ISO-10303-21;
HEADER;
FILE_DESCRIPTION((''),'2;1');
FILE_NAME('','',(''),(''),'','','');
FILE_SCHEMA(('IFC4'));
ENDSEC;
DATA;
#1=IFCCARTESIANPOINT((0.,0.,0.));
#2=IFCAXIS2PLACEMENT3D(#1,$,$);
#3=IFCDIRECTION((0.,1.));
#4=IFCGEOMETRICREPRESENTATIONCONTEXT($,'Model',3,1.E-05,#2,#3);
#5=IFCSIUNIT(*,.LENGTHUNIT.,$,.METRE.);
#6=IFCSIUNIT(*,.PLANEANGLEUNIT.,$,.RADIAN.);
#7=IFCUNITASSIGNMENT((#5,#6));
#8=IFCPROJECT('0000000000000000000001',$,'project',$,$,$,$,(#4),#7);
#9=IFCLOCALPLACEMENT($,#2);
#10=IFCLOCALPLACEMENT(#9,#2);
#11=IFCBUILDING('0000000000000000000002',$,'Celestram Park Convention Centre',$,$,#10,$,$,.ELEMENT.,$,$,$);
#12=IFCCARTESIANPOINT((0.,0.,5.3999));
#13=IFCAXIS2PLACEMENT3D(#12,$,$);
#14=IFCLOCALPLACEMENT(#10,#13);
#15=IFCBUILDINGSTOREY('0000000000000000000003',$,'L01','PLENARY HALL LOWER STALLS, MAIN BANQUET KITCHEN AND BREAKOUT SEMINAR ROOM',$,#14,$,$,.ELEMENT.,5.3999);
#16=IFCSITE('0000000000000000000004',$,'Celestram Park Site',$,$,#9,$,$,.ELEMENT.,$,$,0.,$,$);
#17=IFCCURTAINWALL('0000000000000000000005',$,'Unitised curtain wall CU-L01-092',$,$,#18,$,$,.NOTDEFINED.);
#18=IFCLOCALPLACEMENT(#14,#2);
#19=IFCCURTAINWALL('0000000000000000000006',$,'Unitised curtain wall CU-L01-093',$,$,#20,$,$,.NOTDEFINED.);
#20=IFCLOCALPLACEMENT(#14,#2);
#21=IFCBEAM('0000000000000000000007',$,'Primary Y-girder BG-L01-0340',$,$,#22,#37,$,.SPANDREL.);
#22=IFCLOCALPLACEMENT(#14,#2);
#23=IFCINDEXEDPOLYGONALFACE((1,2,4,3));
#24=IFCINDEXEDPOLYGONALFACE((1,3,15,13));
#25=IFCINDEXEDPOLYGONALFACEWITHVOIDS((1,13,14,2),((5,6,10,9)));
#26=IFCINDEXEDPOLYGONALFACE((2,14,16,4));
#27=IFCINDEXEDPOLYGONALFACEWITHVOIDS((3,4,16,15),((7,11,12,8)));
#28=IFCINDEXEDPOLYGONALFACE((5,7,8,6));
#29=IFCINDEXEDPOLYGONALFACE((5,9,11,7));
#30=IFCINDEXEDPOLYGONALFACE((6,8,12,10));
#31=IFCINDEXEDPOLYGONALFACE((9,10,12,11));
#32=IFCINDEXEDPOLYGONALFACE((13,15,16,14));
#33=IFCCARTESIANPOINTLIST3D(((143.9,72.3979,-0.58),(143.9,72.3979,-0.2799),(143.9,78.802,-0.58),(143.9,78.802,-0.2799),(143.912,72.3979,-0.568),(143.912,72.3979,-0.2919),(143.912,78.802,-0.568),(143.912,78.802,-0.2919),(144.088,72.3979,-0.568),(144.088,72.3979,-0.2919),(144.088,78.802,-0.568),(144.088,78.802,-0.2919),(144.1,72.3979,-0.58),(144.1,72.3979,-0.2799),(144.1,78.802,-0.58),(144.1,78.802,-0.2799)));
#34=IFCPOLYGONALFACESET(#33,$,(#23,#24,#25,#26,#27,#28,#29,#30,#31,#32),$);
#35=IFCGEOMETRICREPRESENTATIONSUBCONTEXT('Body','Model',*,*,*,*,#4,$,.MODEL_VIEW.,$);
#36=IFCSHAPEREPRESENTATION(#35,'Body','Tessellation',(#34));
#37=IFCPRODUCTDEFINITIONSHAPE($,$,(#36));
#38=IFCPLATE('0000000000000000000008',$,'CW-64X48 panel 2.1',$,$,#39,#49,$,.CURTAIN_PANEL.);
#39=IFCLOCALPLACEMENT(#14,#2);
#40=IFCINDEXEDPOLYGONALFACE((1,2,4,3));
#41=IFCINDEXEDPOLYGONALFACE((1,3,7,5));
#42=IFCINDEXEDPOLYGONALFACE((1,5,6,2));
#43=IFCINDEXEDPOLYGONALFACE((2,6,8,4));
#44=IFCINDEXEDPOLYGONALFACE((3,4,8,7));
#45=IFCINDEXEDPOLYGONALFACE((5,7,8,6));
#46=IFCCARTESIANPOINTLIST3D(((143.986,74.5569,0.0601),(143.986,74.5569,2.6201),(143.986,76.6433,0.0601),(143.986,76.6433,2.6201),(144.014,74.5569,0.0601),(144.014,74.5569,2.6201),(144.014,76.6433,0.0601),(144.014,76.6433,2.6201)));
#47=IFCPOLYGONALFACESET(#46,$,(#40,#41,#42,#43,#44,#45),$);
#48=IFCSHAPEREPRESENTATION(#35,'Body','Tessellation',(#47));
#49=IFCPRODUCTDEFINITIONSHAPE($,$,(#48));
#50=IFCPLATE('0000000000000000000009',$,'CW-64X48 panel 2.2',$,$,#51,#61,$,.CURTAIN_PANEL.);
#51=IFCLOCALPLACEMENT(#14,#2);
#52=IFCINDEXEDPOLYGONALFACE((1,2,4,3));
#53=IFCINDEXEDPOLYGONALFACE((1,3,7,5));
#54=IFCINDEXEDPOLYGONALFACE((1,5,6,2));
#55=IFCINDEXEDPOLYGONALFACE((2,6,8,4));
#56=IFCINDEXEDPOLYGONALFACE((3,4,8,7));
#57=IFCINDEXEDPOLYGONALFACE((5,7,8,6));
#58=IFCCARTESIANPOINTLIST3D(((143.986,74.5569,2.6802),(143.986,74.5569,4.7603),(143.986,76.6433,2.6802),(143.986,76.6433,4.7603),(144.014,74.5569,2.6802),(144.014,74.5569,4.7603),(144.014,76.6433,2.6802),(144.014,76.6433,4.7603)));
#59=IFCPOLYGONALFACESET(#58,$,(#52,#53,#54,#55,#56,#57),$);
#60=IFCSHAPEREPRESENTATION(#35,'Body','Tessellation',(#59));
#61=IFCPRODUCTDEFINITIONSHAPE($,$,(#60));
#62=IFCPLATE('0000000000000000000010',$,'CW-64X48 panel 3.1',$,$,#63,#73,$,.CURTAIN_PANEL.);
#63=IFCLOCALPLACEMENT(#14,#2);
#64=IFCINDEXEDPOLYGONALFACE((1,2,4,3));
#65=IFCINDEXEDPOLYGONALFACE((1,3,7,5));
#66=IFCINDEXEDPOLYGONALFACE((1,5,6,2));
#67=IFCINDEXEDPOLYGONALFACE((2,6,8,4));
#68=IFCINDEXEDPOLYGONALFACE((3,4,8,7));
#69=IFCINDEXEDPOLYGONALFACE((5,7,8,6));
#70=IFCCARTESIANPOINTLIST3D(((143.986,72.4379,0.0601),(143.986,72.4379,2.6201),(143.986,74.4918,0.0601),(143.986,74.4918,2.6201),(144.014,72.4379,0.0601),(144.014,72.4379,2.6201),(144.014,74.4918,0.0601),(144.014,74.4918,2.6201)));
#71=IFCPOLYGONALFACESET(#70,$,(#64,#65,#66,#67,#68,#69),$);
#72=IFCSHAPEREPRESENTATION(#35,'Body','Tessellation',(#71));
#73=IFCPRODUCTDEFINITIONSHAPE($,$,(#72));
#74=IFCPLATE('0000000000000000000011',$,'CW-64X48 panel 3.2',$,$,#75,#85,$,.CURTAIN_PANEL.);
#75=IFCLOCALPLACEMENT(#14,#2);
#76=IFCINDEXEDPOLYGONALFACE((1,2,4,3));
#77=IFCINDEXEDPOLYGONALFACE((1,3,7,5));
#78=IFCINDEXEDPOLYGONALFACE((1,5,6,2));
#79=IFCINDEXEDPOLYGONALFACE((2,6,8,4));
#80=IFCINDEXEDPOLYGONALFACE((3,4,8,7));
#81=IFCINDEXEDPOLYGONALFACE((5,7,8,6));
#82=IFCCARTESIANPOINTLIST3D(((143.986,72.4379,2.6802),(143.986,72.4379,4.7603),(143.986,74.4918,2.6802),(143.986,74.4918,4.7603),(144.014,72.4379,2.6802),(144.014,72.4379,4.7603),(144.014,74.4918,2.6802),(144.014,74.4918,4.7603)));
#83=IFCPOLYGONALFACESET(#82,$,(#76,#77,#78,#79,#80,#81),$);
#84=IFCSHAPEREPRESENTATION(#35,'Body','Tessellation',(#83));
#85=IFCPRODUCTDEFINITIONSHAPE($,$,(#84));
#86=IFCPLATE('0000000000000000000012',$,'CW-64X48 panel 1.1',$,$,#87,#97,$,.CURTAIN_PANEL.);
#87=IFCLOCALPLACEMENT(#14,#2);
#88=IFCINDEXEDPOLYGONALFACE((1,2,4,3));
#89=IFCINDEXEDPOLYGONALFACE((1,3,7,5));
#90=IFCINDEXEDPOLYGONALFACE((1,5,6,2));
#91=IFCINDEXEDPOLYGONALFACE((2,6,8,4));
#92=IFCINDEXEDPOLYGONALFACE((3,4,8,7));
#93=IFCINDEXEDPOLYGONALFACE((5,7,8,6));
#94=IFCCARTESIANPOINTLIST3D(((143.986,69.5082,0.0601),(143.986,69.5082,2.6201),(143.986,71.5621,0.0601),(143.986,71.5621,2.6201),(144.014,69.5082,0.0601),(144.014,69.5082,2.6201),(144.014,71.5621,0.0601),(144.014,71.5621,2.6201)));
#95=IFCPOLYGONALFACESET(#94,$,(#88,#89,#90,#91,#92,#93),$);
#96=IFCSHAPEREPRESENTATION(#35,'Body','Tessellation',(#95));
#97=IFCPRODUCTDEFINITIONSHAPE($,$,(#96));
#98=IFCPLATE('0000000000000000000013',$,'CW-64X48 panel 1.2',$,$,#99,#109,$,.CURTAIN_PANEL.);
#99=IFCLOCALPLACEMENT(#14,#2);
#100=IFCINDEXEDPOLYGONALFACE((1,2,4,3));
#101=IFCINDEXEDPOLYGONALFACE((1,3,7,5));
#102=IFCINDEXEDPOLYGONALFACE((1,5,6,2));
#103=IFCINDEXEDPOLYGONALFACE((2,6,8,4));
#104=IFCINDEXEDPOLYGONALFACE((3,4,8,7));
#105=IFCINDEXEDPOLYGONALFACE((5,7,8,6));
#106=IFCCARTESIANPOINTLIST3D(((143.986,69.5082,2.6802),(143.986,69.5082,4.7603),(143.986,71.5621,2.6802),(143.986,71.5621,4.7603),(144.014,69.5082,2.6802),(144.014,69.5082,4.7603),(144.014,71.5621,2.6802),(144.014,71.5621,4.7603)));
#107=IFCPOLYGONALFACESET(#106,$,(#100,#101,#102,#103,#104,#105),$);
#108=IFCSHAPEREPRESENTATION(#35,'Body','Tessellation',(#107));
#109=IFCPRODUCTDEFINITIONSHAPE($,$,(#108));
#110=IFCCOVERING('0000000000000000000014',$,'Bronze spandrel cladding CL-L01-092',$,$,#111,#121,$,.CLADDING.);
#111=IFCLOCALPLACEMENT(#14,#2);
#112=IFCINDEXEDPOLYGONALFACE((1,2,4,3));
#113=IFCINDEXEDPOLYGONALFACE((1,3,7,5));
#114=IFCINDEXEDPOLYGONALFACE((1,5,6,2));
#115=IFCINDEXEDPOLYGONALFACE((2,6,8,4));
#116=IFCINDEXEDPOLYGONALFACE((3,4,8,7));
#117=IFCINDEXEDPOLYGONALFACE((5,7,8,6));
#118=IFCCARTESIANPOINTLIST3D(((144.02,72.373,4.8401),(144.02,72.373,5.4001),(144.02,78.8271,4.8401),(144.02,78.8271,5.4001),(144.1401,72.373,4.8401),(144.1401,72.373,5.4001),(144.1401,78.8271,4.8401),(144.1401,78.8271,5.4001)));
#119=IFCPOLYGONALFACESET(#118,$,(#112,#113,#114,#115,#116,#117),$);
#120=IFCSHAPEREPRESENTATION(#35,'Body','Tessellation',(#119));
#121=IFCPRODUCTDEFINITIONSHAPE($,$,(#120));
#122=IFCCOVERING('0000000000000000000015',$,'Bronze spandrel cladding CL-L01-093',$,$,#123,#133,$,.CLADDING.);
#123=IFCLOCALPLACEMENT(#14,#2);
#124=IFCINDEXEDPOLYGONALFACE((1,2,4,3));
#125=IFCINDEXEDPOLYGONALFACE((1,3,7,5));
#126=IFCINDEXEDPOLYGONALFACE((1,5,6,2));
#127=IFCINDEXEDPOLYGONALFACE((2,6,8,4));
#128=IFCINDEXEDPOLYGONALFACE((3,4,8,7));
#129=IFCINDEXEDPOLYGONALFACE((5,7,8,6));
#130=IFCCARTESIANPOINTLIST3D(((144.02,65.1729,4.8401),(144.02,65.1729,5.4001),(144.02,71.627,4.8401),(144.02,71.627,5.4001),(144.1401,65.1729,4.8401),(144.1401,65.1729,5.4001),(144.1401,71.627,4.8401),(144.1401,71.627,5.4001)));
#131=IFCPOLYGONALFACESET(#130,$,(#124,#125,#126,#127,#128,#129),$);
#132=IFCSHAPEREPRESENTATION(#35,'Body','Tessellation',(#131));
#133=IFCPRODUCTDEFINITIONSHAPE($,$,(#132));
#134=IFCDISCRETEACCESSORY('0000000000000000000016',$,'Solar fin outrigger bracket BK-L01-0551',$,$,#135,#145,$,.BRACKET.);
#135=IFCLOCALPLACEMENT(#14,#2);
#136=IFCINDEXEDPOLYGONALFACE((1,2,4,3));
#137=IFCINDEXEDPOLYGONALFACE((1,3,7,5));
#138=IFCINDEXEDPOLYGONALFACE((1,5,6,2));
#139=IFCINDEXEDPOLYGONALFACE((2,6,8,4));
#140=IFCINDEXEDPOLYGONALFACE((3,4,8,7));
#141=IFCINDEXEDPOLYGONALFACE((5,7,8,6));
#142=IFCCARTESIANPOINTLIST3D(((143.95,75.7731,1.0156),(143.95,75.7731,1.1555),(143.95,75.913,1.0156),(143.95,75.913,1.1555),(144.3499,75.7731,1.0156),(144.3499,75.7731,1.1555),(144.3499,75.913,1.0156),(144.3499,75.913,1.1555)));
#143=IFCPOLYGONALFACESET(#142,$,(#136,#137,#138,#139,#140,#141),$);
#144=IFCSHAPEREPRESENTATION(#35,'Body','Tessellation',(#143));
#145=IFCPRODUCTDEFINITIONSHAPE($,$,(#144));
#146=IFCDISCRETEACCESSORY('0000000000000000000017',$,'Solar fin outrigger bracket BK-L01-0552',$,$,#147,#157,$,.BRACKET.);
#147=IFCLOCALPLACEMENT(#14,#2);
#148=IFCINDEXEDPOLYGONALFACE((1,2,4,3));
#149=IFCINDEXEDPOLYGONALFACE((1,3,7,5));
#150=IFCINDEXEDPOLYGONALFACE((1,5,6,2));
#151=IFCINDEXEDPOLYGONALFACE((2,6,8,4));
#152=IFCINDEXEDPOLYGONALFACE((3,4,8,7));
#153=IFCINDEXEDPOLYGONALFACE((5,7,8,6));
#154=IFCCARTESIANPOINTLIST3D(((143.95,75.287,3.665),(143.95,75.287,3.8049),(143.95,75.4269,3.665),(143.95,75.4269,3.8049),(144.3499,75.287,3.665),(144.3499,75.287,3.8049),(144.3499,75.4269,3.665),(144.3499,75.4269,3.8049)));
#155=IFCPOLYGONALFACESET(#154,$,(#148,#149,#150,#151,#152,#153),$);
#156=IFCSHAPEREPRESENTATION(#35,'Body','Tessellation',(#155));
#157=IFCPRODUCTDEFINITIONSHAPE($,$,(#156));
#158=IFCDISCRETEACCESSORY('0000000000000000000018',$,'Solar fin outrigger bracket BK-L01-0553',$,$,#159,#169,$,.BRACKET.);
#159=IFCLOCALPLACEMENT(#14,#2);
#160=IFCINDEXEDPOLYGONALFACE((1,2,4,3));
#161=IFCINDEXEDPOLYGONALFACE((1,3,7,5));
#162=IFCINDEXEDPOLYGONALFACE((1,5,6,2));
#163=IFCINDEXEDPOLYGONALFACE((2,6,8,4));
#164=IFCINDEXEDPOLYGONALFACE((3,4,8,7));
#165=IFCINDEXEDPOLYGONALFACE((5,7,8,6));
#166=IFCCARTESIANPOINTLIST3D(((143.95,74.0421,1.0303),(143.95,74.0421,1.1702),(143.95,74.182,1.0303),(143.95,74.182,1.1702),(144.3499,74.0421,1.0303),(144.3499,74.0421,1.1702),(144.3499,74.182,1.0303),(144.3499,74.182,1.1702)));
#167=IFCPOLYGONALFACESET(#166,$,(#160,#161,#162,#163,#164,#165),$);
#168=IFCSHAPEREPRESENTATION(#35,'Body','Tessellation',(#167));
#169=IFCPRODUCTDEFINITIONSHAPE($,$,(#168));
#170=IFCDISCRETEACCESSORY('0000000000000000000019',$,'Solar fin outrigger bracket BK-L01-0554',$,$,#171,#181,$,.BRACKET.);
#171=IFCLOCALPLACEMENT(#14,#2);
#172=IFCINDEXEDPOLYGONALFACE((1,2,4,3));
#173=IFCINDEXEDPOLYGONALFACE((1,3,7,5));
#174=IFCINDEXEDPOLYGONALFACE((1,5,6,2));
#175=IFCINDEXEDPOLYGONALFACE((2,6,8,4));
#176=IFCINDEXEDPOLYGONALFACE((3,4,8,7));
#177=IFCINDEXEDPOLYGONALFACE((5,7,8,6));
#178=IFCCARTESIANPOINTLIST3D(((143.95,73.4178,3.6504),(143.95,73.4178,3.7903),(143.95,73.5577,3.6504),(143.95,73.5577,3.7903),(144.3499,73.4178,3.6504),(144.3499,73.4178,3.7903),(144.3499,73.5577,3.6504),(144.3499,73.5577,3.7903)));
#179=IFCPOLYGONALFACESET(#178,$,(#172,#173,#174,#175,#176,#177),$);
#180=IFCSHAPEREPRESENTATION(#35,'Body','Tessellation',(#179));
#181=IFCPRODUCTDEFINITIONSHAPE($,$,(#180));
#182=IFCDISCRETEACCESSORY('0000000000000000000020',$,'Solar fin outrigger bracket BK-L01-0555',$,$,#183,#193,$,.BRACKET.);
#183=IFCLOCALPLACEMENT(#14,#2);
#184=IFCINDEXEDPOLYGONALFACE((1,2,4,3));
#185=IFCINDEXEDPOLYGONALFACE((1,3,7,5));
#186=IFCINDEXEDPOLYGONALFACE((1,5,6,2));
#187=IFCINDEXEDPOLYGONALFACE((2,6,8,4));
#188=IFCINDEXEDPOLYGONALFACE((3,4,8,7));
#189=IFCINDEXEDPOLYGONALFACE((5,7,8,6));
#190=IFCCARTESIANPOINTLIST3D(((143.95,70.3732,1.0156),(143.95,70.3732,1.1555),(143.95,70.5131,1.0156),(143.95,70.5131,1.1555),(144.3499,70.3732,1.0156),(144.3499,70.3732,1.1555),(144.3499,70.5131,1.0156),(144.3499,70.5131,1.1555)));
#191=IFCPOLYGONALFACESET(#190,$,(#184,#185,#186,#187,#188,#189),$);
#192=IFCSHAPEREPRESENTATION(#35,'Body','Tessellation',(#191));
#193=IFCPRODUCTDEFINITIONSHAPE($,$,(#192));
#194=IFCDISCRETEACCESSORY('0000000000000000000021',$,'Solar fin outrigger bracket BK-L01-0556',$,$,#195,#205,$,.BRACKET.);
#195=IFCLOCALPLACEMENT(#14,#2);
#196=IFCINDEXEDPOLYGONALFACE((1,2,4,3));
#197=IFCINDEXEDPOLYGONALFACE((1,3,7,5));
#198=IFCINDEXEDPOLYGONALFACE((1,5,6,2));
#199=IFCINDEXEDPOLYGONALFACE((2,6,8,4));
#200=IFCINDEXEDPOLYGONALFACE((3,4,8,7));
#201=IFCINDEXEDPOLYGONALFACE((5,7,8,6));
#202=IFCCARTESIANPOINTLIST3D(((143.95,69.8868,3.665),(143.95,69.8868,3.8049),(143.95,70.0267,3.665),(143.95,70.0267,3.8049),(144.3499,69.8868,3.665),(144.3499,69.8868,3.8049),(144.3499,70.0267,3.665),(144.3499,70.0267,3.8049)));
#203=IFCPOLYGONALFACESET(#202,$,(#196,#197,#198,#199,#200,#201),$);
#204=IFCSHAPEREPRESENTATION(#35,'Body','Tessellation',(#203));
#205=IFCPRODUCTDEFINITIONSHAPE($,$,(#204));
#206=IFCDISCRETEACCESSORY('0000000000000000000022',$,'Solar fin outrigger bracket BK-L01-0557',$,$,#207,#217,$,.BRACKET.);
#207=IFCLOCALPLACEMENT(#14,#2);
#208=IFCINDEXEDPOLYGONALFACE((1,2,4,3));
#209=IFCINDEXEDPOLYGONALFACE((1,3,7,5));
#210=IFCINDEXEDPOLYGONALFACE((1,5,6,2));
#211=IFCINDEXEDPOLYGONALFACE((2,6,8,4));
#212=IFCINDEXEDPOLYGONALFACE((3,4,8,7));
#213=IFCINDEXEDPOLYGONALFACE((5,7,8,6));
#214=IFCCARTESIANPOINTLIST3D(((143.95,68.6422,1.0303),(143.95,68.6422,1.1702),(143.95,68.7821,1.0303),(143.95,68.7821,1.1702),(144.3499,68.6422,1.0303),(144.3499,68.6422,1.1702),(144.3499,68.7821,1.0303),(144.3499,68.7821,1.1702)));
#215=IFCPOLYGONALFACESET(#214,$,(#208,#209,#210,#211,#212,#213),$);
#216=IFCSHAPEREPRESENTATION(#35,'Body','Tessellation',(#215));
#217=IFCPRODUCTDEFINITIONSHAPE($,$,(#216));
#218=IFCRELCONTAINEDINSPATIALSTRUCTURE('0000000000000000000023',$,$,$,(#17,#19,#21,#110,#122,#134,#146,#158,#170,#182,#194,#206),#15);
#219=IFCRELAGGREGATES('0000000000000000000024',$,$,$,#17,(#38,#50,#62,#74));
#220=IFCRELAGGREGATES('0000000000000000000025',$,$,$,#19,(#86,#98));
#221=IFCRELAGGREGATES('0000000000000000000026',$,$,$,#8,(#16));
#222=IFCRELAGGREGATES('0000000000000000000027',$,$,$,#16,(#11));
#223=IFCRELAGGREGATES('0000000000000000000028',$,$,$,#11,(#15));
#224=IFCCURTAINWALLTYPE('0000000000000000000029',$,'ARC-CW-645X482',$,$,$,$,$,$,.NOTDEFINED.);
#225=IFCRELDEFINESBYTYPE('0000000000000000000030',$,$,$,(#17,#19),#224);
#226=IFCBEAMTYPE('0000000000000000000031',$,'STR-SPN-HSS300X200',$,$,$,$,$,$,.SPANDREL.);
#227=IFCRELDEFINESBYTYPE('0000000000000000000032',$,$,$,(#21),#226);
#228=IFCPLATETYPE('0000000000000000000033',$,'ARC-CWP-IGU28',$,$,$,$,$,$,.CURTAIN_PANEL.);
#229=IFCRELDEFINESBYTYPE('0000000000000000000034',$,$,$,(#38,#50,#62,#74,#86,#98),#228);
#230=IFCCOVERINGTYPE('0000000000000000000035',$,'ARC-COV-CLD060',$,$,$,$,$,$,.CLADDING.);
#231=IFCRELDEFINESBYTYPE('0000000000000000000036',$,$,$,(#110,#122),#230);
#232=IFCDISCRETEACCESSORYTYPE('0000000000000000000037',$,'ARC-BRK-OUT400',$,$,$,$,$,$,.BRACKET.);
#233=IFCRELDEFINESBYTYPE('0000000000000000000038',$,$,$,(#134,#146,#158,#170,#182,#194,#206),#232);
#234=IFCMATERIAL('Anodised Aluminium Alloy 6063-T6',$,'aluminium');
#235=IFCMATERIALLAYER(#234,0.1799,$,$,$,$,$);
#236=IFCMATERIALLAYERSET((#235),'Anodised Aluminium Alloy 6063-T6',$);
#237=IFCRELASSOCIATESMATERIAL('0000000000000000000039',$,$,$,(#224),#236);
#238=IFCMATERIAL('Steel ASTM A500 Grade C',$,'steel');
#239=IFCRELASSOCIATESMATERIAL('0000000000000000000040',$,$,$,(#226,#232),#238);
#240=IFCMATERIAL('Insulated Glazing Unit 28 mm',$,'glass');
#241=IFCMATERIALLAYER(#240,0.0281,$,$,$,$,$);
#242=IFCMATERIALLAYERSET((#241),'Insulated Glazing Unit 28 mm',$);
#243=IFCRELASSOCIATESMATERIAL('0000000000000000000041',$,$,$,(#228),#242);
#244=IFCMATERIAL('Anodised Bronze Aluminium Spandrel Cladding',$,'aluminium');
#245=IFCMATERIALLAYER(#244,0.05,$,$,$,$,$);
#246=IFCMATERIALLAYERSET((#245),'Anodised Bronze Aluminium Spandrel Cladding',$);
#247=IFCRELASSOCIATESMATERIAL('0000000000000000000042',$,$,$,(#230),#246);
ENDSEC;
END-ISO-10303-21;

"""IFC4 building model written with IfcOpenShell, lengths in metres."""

from ifc_helpers import new_model, si_unit, direction, frame, origin, origin_2d, place, context, subcontext, project, spatial, rectangle, hollow_rectangle, extrude, material, layer, layer_set, material_profile, profile_set, type_object, element, aggregate, save


model = new_model("IFC4")

# Units and contexts
model_context = context("Model", 3, precision=1e-05, world=origin(), true_north=direction((0.0, 1.0)))
body_context = subcontext(model_context, "Body", "Model", "MODEL_VIEW")
ifc_project = project(units=[si_unit("LENGTHUNIT", "METRE"), si_unit("PLANEANGLEUNIT", "RADIAN")], contexts=[model_context])

# Site, building, storey
site_placement = place(None, origin())
site = spatial("IfcSite", under=ifc_project, at=site_placement, Name="Celestram Park Site", CompositionType="ELEMENT", RefElevation=0.0)
building_placement = place(site_placement, origin())
building = spatial("IfcBuilding", under=site, at=building_placement, Name="Celestram Park Convention Centre", CompositionType="ELEMENT")
storey_placement = place(building_placement, frame((0.0, 0.0, 5.3999)))
storey = spatial("IfcBuildingStorey", under=building, at=storey_placement, Name="L01", Description="PLENARY HALL LOWER STALLS, MAIN BANQUET KITCHEN AND BREAKOUT SEMINAR ROOM", CompositionType="ELEMENT", Elevation=5.3999)

# Curtain walls
ifc_material_1 = material(Name="Anodised Aluminium Alloy 6063-T6", Category="aluminium")
ifc_layer_1 = layer(ifc_material_1, 0.1799)
ifc_layer_set_1 = layer_set([ifc_layer_1], Name="Anodised Aluminium Alloy 6063-T6")
curtain_wall_type = type_object("IfcCurtainWallType", Name="ARC-CW-645X482", PredefinedType="NOTDEFINED", material=ifc_layer_set_1)
curtain_wall_1_placement = place(storey_placement, origin())
curtain_wall_1 = element("IfcCurtainWall", 1, at=curtain_wall_1_placement, inside=storey, type_object=curtain_wall_type, Name="Unitised curtain wall CU-L01-092", PredefinedType="NOTDEFINED")
curtain_wall_2_placement = place(storey_placement, origin())
curtain_wall_2 = element("IfcCurtainWall", 2, at=curtain_wall_2_placement, inside=storey, type_object=curtain_wall_type, Name="Unitised curtain wall CU-L01-093", PredefinedType="NOTDEFINED")

# Beam
ifc_material_2 = material(Name="Steel ASTM A500 Grade C", Category="steel")
ifc_material_profile_1 = material_profile(ifc_material_2, hollow_rectangle(XDim=0.2, YDim=0.3, WallThickness=0.012, at=origin_2d()), Name="HSS300X200X12")
ifc_profile_set_1 = profile_set([ifc_material_profile_1], Name="Steel ASTM A500 Grade C")
beam_type_1 = type_object("IfcBeamType", Name="STR-SPN-HSS300X200", PredefinedType="SPANDREL", material=ifc_profile_set_1)
beam_1_placement = place(storey_placement, frame((144.0, 72.3979, -0.4299), z_axis=(0.0, 1.0, 0.0), x_axis=(-1.0, 0.0, 0.0)))
element("IfcBeam", 3, at=beam_1_placement, inside=storey, type_object=beam_type_1, Name="Primary Y-girder BG-L01-0340", PredefinedType="SPANDREL", context=body_context, shape_type="SweptSolid", body=[
    extrude(hollow_rectangle(XDim=0.2, YDim=0.3, WallThickness=0.012, at=origin_2d()), origin(), (0.0, 0.0, 1.0), 6.4041),
])

# Plates
ifc_material_3 = material(Name="Insulated Glazing Unit 28 mm", Category="glass")
ifc_layer_2 = layer(ifc_material_3, 0.0281)
ifc_layer_set_2 = layer_set([ifc_layer_2], Name="Insulated Glazing Unit 28 mm")
plate_type = type_object("IfcPlateType", Name="ARC-CWP-IGU28", PredefinedType="CURTAIN_PANEL", material=ifc_layer_set_2)
plate_1_placement = place(storey_placement, frame((144.0, 75.6001, 0.0601), z_axis=(0.0, 0.0, 1.0), x_axis=(0.0, -1.0, 0.0)))
plate_1 = element("IfcPlate", 4, at=plate_1_placement, type_object=plate_type, Name="CW-64X48 panel 2.1", PredefinedType="CURTAIN_PANEL", context=body_context, shape_type="SweptSolid", body=[
    extrude(rectangle(XDim=2.0864, YDim=0.0281, at=origin_2d()), origin(), (0.0, 0.0, 1.0), 2.5601),
])
plate_2_placement = place(storey_placement, frame((144.0, 75.6001, 2.6802), z_axis=(0.0, 0.0, 1.0), x_axis=(0.0, -1.0, 0.0)))
plate_2 = element("IfcPlate", 5, at=plate_2_placement, type_object=plate_type, Name="CW-64X48 panel 2.2", PredefinedType="CURTAIN_PANEL", context=body_context, shape_type="SweptSolid", body=[
    extrude(rectangle(XDim=2.0864, YDim=0.0281, at=origin_2d()), origin(), (0.0, 0.0, 1.0), 2.0801),
])
plate_3_placement = place(storey_placement, frame((144.0, 73.4648, 0.0601), z_axis=(0.0, 0.0, 1.0), x_axis=(0.0, -1.0, 0.0)))
plate_3 = element("IfcPlate", 6, at=plate_3_placement, type_object=plate_type, Name="CW-64X48 panel 3.1", PredefinedType="CURTAIN_PANEL", context=body_context, shape_type="SweptSolid", body=[
    extrude(rectangle(XDim=2.054, YDim=0.0281, at=origin_2d()), origin(), (0.0, 0.0, 1.0), 2.5601),
])
plate_4_placement = place(storey_placement, frame((144.0, 73.4648, 2.6802), z_axis=(0.0, 0.0, 1.0), x_axis=(0.0, -1.0, 0.0)))
plate_4 = element("IfcPlate", 7, at=plate_4_placement, type_object=plate_type, Name="CW-64X48 panel 3.2", PredefinedType="CURTAIN_PANEL", context=body_context, shape_type="SweptSolid", body=[
    extrude(rectangle(XDim=2.054, YDim=0.0281, at=origin_2d()), origin(), (0.0, 0.0, 1.0), 2.0801),
])
aggregate(curtain_wall_1, [plate_1, plate_2, plate_3, plate_4])
plate_5_placement = place(storey_placement, frame((144.0, 70.5352, 0.0601), z_axis=(0.0, 0.0, 1.0), x_axis=(0.0, -1.0, 0.0)))
plate_5 = element("IfcPlate", 8, at=plate_5_placement, type_object=plate_type, Name="CW-64X48 panel 1.1", PredefinedType="CURTAIN_PANEL", context=body_context, shape_type="SweptSolid", body=[
    extrude(rectangle(XDim=2.054, YDim=0.0281, at=origin_2d()), origin(), (0.0, 0.0, 1.0), 2.5601),
])
plate_6_placement = place(storey_placement, frame((144.0, 70.5352, 2.6802), z_axis=(0.0, 0.0, 1.0), x_axis=(0.0, -1.0, 0.0)))
plate_6 = element("IfcPlate", 9, at=plate_6_placement, type_object=plate_type, Name="CW-64X48 panel 1.2", PredefinedType="CURTAIN_PANEL", context=body_context, shape_type="SweptSolid", body=[
    extrude(rectangle(XDim=2.054, YDim=0.0281, at=origin_2d()), origin(), (0.0, 0.0, 1.0), 2.0801),
])
aggregate(curtain_wall_2, [plate_5, plate_6])

# Coverings
ifc_material_4 = material(Name="Anodised Bronze Aluminium Spandrel Cladding", Category="aluminium")
ifc_layer_3 = layer(ifc_material_4, 0.05)
ifc_layer_set_3 = layer_set([ifc_layer_3], Name="Anodised Bronze Aluminium Spandrel Cladding")
covering_type = type_object("IfcCoveringType", Name="ARC-COV-CLD060", PredefinedType="CLADDING", material=ifc_layer_set_3)
for number, where, z_axis, x_axis, name in (
    (10, (144.0801, 75.6001, 4.8401), (0.0, 0.0, 1.0), (0.0, -1.0, 0.0), "Bronze spandrel cladding CL-L01-092"),
    (11, (144.0801, 68.3999, 4.8401), (0.0, 0.0, 1.0), (0.0, -1.0, 0.0), "Bronze spandrel cladding CL-L01-093"),
):
    element("IfcCovering", number, at=place(storey_placement, frame(where, z_axis=z_axis, x_axis=x_axis)), inside=storey, type_object=covering_type, Name=name, PredefinedType="CLADDING", context=body_context, shape_type="SweptSolid", body=[
        extrude(rectangle(XDim=6.4541, YDim=0.1201, at=origin_2d()), origin(), (0.0, 0.0, 1.0), 0.5601),
    ])

# Discrete accessories
discrete_accessory_type = type_object("IfcDiscreteAccessoryType", Name="ARC-BRK-OUT400", PredefinedType="BRACKET", material=ifc_material_2)
for number, where, z_axis, x_axis, name in (
    (12, (144.1499, 75.843, 1.0156), (0.0, 0.0, 1.0), (1.0, 0.0, 0.0), "Solar fin outrigger bracket BK-L01-0551"),
    (13, (144.1499, 75.3569, 3.665), (0.0, 0.0, 1.0), (1.0, 0.0, 0.0), "Solar fin outrigger bracket BK-L01-0552"),
    (14, (144.1499, 74.1121, 1.0303), (0.0, 0.0, 1.0), (1.0, 0.0, 0.0), "Solar fin outrigger bracket BK-L01-0553"),
    (15, (144.1499, 73.4878, 3.6504), (0.0, 0.0, 1.0), (1.0, 0.0, 0.0), "Solar fin outrigger bracket BK-L01-0554"),
    (16, (144.1499, 70.4431, 1.0156), (0.0, 0.0, 1.0), (1.0, 0.0, 0.0), "Solar fin outrigger bracket BK-L01-0555"),
    (17, (144.1499, 69.9568, 3.665), (0.0, 0.0, 1.0), (1.0, 0.0, 0.0), "Solar fin outrigger bracket BK-L01-0556"),
    (18, (144.1499, 68.7122, 1.0303), (0.0, 0.0, 1.0), (1.0, 0.0, 0.0), "Solar fin outrigger bracket BK-L01-0557"),
):
    element("IfcDiscreteAccessory", number, at=place(storey_placement, frame(where, z_axis=z_axis, x_axis=x_axis)), inside=storey, type_object=discrete_accessory_type, Name=name, PredefinedType="BRACKET", context=body_context, shape_type="SweptSolid", body=[
        extrude(rectangle(XDim=0.3999, YDim=0.1399, at=origin_2d()), origin(), (0.0, 0.0, 1.0), 0.1399),
    ])

save(model, "model.ifc")
